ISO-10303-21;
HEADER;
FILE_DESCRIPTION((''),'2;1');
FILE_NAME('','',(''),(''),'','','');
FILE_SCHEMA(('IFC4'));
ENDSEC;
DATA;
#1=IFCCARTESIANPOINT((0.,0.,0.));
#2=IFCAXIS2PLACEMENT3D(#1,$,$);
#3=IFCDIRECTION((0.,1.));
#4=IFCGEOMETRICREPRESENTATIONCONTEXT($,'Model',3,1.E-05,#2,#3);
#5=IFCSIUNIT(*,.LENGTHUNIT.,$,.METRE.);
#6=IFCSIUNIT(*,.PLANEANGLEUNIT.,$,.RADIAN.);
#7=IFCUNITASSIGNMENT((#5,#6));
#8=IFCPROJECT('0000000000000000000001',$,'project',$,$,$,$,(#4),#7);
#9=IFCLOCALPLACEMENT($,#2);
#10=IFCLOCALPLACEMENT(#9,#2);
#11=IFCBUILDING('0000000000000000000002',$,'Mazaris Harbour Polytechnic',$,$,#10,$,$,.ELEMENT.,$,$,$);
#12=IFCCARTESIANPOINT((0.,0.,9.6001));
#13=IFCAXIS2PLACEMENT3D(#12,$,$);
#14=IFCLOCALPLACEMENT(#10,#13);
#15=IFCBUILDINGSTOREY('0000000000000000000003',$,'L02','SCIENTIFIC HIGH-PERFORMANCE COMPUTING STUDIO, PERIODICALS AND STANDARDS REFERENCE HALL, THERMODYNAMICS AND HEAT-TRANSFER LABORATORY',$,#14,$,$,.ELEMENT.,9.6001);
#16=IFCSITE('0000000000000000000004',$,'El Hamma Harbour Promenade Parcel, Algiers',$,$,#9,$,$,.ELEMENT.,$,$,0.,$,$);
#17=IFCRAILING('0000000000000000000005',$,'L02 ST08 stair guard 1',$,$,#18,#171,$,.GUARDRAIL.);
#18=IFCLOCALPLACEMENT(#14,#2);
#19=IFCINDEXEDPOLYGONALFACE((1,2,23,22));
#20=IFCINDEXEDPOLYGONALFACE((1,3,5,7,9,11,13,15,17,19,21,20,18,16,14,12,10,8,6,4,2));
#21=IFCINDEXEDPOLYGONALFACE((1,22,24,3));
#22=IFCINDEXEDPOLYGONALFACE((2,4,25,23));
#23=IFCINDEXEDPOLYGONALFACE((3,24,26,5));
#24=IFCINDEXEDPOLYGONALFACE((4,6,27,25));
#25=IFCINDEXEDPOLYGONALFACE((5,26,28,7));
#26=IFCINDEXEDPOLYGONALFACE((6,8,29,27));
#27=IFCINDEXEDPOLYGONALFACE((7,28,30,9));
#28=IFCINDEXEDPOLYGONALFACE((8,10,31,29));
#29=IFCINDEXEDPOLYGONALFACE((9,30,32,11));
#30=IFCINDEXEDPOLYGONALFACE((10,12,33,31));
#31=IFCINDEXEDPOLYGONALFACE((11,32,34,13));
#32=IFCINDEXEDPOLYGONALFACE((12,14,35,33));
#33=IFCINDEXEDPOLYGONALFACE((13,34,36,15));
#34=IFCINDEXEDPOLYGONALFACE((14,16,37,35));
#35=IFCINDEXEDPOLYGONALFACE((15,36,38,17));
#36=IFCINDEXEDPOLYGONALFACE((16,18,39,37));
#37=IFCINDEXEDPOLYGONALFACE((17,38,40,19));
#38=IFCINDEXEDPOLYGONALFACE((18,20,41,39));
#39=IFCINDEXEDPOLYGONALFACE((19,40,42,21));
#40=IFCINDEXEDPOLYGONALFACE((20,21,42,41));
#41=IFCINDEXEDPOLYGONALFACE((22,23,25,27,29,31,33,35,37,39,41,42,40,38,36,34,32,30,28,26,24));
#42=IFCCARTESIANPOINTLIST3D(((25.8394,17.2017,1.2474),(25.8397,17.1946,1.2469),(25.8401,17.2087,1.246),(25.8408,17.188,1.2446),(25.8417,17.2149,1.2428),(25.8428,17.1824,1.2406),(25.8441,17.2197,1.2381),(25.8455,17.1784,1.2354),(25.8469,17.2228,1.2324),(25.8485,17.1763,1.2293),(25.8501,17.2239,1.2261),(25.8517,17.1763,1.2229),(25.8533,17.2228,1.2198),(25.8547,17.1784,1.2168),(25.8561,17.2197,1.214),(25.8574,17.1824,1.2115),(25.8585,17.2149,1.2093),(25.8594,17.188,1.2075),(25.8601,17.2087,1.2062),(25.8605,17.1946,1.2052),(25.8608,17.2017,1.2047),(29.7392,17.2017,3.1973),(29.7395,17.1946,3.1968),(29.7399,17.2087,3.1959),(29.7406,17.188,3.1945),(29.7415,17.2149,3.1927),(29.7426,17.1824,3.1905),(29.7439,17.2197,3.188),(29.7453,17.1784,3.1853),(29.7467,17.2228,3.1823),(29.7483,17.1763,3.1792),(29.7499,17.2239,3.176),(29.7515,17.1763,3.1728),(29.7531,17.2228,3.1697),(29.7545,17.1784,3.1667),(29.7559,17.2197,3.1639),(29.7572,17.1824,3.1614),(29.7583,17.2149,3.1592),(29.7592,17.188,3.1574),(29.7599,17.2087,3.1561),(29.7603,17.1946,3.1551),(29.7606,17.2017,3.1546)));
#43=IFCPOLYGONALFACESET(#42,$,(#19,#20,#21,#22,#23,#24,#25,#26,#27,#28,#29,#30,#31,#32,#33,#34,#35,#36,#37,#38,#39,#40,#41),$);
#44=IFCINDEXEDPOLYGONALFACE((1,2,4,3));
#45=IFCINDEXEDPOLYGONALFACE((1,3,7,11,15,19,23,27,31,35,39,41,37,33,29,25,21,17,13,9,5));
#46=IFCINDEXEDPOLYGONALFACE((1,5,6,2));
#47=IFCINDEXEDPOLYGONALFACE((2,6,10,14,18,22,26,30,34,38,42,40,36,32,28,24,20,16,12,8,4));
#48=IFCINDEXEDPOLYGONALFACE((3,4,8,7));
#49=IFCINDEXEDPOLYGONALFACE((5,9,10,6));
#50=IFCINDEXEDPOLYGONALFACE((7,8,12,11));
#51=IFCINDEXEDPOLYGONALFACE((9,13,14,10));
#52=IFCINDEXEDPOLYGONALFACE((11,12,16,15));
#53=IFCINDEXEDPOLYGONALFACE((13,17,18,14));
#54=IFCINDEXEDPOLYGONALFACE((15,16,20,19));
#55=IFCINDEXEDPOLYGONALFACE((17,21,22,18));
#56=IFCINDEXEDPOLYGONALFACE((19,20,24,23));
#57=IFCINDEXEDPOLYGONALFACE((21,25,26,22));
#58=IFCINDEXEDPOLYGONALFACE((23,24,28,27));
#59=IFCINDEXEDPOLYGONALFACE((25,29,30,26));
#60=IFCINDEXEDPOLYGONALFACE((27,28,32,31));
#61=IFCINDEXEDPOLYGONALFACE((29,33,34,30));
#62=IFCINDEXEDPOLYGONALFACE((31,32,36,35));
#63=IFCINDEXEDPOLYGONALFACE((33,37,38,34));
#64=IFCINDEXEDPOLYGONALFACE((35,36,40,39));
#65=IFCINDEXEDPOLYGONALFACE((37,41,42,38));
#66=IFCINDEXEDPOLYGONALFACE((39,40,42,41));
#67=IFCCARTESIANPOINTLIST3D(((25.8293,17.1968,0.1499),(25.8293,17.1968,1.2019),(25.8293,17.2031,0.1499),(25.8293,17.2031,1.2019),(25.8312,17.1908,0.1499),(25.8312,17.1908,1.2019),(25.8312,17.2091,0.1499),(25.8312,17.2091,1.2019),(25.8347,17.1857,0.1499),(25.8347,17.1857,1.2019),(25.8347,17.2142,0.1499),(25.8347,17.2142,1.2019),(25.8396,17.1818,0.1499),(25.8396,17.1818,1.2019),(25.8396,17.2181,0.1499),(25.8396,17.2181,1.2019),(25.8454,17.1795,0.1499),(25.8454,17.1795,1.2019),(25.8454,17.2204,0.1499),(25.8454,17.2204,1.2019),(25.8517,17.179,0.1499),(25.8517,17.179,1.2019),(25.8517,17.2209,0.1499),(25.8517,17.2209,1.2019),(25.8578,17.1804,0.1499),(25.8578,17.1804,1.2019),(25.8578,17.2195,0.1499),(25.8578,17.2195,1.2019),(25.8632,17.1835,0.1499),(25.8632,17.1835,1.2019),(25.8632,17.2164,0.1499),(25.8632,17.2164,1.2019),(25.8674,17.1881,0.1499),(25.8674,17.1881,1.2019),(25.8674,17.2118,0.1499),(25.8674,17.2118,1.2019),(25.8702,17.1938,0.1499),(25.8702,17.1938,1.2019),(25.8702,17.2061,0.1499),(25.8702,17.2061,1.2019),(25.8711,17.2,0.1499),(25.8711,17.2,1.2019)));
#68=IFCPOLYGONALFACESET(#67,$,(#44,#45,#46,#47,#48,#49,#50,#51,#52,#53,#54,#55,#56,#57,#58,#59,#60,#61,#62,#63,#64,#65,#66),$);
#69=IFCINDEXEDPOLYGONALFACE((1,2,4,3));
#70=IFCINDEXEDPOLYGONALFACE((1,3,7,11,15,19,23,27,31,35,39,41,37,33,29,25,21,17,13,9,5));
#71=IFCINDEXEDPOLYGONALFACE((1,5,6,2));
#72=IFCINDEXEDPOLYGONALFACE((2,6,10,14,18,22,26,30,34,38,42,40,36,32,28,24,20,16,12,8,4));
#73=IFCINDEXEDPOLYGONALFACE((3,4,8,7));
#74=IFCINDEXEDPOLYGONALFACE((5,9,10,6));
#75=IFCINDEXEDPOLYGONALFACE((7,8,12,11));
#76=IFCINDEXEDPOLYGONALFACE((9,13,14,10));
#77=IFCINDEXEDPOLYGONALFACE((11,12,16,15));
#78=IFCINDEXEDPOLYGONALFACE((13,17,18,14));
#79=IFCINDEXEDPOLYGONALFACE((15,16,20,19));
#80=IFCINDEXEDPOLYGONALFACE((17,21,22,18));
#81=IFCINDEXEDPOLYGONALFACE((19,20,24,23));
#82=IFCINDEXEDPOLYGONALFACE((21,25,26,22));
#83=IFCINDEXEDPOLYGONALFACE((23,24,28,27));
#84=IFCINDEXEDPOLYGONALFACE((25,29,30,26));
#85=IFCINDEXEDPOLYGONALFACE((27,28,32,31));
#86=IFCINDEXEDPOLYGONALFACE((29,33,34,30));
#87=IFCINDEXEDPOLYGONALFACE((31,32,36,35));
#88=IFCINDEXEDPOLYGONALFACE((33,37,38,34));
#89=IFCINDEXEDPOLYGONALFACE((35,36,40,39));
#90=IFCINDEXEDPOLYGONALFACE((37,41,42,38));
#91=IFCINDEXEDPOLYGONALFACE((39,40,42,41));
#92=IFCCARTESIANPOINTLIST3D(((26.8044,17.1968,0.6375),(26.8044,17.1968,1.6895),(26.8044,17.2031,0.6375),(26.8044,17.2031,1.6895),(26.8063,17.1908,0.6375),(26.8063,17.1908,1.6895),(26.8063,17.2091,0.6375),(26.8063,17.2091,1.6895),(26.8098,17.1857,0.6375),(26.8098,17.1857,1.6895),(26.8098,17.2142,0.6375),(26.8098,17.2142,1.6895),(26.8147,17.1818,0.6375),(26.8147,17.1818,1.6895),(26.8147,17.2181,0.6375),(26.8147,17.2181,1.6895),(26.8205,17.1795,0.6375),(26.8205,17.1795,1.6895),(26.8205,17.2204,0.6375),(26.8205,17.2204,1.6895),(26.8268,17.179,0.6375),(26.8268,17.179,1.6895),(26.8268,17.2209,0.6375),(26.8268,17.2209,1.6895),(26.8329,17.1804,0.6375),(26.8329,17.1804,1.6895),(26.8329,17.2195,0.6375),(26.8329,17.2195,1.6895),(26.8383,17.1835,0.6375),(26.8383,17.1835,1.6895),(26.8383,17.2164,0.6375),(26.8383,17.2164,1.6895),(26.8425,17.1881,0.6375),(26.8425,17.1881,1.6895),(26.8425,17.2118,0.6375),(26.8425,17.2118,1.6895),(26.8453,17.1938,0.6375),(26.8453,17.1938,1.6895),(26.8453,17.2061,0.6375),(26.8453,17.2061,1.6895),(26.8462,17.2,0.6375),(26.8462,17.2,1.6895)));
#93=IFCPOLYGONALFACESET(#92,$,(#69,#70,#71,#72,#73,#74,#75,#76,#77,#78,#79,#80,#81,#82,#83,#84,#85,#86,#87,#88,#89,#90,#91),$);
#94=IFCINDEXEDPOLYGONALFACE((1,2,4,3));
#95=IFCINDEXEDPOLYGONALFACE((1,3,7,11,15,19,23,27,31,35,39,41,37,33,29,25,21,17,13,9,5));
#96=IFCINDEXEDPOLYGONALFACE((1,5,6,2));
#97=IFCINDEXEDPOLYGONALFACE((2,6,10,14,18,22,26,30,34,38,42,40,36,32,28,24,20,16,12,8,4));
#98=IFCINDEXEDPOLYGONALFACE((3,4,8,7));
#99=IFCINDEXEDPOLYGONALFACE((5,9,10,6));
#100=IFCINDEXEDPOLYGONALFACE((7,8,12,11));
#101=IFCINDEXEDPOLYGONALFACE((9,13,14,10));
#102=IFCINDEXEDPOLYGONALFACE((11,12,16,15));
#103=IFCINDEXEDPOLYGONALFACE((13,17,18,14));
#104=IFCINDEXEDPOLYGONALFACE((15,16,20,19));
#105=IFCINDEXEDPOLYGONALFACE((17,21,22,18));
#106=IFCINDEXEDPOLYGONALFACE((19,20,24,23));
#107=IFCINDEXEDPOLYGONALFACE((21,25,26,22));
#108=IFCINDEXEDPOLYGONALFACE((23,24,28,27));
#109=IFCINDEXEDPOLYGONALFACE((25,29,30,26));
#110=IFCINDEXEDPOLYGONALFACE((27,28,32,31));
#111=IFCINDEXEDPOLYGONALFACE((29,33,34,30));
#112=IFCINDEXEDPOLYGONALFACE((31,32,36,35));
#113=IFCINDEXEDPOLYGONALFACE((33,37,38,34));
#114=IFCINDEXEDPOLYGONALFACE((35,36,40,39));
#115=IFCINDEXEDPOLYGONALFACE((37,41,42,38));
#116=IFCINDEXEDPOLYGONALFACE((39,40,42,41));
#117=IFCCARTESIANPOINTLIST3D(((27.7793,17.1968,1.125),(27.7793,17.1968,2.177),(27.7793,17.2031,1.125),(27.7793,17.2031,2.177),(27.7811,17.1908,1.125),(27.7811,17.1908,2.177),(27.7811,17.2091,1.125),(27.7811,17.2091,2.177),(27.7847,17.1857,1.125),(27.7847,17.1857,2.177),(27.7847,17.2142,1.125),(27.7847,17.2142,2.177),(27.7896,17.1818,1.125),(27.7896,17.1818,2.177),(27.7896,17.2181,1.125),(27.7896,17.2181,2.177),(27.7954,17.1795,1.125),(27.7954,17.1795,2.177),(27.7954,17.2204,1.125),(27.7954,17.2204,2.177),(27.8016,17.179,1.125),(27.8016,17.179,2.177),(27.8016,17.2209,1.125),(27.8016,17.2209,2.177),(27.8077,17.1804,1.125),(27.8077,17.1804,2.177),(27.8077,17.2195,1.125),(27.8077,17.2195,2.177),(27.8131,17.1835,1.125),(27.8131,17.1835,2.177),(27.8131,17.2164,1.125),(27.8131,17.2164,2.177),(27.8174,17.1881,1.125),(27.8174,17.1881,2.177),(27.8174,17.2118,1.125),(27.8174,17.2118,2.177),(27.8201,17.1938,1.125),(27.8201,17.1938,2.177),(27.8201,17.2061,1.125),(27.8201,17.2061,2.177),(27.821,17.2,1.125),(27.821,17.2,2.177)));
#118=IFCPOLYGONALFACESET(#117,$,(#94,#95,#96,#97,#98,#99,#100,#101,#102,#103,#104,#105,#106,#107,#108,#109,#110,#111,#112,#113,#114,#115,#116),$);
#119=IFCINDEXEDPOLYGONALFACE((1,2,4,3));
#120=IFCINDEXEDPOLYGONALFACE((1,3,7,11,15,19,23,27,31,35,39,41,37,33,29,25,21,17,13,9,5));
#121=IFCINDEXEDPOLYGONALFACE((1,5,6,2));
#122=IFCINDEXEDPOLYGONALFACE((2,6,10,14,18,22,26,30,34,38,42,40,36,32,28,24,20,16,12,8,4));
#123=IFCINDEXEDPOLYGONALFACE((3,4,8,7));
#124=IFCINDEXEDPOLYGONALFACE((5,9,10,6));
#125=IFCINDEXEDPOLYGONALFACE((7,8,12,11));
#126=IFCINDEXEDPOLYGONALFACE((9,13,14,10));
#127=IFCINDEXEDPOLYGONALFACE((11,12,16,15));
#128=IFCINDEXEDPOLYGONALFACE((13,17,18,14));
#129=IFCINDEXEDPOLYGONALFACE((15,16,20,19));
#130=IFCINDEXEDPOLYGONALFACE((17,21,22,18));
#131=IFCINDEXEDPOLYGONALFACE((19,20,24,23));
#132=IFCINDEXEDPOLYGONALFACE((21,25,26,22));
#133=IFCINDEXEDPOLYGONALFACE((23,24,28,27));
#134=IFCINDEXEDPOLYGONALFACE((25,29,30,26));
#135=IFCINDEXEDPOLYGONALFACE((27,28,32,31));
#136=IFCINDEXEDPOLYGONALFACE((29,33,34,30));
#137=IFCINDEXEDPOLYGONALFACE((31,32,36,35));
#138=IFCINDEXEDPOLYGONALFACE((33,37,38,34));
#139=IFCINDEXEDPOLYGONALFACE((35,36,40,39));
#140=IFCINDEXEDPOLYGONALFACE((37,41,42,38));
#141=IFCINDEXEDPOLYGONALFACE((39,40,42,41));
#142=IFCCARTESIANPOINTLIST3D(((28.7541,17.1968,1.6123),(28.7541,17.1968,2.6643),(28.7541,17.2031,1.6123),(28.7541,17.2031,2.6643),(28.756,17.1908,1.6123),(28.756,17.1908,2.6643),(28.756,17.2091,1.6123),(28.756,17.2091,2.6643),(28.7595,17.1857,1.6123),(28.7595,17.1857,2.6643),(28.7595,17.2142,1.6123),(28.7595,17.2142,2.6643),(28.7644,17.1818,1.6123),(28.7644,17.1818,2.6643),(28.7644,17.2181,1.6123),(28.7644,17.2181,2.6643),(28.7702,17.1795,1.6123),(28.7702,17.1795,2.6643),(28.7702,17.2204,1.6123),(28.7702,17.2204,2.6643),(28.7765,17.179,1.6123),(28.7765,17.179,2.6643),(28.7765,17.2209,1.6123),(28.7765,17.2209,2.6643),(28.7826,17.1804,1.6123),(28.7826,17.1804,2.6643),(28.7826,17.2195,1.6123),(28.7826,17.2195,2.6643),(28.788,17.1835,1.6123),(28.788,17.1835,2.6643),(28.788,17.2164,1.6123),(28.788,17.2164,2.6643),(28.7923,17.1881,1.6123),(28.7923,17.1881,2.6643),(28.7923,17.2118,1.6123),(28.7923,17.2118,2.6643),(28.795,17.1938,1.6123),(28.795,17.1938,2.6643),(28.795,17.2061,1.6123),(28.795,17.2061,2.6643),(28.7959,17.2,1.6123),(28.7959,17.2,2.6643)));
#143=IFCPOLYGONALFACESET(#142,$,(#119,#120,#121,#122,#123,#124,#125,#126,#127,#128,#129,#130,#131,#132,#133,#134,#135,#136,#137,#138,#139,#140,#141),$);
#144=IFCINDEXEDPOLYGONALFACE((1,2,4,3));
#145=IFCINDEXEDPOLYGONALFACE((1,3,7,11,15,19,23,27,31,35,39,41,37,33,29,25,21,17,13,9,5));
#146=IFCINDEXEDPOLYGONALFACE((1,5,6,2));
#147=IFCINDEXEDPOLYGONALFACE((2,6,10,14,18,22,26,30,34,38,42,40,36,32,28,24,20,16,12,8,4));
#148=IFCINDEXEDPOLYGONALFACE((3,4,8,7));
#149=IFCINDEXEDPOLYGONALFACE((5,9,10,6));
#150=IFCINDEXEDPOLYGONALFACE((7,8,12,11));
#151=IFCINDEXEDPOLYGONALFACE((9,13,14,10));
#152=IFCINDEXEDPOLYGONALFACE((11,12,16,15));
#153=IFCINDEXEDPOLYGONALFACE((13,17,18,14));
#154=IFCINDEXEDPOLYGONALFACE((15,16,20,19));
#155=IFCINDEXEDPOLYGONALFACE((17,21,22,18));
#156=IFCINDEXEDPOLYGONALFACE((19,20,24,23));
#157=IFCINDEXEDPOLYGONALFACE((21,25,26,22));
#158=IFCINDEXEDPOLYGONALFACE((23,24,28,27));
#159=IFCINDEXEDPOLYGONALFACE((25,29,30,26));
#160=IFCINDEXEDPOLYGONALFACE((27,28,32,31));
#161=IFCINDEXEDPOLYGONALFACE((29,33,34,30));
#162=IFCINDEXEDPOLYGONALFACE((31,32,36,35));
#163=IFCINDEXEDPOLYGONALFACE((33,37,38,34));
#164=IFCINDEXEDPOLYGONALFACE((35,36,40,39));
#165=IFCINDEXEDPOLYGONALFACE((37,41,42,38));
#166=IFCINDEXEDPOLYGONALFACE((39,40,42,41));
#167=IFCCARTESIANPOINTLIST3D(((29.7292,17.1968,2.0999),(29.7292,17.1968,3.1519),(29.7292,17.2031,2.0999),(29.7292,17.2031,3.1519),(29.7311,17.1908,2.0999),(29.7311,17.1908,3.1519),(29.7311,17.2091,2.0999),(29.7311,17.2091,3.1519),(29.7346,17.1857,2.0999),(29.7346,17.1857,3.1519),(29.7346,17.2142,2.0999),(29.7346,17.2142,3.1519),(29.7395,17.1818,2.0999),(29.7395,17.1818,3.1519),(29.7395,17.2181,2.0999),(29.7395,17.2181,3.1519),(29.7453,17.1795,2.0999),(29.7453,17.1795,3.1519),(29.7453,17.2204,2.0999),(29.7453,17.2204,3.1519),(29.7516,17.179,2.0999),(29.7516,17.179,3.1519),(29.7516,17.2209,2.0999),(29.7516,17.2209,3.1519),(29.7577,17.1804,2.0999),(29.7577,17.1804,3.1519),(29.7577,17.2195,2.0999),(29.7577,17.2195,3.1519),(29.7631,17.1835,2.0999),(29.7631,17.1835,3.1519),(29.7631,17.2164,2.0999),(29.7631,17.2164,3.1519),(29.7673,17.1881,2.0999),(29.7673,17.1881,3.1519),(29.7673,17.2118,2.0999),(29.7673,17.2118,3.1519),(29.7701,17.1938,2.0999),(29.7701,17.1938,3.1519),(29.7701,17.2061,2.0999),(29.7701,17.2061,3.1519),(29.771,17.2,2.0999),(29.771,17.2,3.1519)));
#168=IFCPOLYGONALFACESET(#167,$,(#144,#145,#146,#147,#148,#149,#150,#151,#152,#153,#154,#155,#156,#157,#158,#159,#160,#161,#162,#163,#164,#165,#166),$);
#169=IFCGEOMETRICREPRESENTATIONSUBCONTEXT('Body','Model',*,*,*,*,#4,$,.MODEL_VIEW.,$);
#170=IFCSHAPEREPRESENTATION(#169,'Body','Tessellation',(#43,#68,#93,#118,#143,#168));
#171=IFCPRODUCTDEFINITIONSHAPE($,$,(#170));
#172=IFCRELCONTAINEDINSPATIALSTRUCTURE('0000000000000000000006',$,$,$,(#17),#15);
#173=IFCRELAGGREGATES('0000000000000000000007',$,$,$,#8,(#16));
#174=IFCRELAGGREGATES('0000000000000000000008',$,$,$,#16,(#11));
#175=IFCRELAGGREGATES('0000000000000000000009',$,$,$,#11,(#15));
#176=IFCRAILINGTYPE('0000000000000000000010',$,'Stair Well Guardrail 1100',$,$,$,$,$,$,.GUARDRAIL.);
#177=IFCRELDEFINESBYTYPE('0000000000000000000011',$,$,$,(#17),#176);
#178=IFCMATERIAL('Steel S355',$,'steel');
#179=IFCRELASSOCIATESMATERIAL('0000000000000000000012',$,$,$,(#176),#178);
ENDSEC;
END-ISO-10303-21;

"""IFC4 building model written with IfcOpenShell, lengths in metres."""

from ifc_helpers import new_model, si_unit, direction, frame, origin, origin_2d, place, context, subcontext, project, spatial, circle, extrude, material, type_object, element, save


model = new_model("IFC4")

# Units and contexts
model_context = context("Model", 3, precision=1e-05, world=origin(), true_north=direction((0.0, 1.0)))
body_context = subcontext(model_context, "Body", "Model", "MODEL_VIEW")
ifc_project = project(units=[si_unit("LENGTHUNIT", "METRE"), si_unit("PLANEANGLEUNIT", "RADIAN")], contexts=[model_context])

# Site, building, storey
site_placement = place(None, origin())
site = spatial("IfcSite", under=ifc_project, at=site_placement, Name="El Hamma Harbour Promenade Parcel, Algiers", CompositionType="ELEMENT", RefElevation=0.0)
building_placement = place(site_placement, origin())
building = spatial("IfcBuilding", under=site, at=building_placement, Name="Mazaris Harbour Polytechnic", CompositionType="ELEMENT")
storey_placement = place(building_placement, frame((0.0, 0.0, 9.6001)))
storey = spatial("IfcBuildingStorey", under=building, at=storey_placement, Name="L02", Description="SCIENTIFIC HIGH-PERFORMANCE COMPUTING STUDIO, PERIODICALS AND STANDARDS REFERENCE HALL, THERMODYNAMICS AND HEAT-TRANSFER LABORATORY", CompositionType="ELEMENT", Elevation=9.6001)

# Railing
ifc_material_1 = material(Name="Steel S355", Category="steel")
railing_type_1 = type_object("IfcRailingType", Name="Stair Well Guardrail 1100", PredefinedType="GUARDRAIL", material=ifc_material_1)
railing_1_placement = place(storey_placement, frame((25.8501, 17.2, 0.1499)))
element("IfcRailing", 1, at=railing_1_placement, inside=storey, type_object=railing_type_1, Name="L02 ST08 stair guard 1", PredefinedType="GUARDRAIL", context=body_context, shape_type="SweptSolid", body=[
    extrude(circle(Radius=0.0239, at=origin_2d()), frame((0.0, 0.0, 1.0762), z_axis=(0.894427, 0.0, 0.447214), x_axis=(0.0, 1.0, 0.0)), (0.0, 0.0, 1.0), 4.3601),
    extrude(circle(Radius=0.021, at=origin_2d()), origin(), (0.0, 0.0, 1.0), 1.052),
    extrude(circle(Radius=0.021, at=origin_2d()), frame((0.9751, 0.0, 0.4875)), (0.0, 0.0, 1.0), 1.052),
    extrude(circle(Radius=0.021, at=origin_2d()), frame((1.95, 0.0, 0.9751)), (0.0, 0.0, 1.0), 1.052),
    extrude(circle(Radius=0.021, at=origin_2d()), frame((2.9248, 0.0, 1.4624)), (0.0, 0.0, 1.0), 1.052),
    extrude(circle(Radius=0.021, at=origin_2d()), frame((3.8999, 0.0, 1.95)), (0.0, 0.0, 1.0), 1.052),
])

save(model, "model.ifc")
